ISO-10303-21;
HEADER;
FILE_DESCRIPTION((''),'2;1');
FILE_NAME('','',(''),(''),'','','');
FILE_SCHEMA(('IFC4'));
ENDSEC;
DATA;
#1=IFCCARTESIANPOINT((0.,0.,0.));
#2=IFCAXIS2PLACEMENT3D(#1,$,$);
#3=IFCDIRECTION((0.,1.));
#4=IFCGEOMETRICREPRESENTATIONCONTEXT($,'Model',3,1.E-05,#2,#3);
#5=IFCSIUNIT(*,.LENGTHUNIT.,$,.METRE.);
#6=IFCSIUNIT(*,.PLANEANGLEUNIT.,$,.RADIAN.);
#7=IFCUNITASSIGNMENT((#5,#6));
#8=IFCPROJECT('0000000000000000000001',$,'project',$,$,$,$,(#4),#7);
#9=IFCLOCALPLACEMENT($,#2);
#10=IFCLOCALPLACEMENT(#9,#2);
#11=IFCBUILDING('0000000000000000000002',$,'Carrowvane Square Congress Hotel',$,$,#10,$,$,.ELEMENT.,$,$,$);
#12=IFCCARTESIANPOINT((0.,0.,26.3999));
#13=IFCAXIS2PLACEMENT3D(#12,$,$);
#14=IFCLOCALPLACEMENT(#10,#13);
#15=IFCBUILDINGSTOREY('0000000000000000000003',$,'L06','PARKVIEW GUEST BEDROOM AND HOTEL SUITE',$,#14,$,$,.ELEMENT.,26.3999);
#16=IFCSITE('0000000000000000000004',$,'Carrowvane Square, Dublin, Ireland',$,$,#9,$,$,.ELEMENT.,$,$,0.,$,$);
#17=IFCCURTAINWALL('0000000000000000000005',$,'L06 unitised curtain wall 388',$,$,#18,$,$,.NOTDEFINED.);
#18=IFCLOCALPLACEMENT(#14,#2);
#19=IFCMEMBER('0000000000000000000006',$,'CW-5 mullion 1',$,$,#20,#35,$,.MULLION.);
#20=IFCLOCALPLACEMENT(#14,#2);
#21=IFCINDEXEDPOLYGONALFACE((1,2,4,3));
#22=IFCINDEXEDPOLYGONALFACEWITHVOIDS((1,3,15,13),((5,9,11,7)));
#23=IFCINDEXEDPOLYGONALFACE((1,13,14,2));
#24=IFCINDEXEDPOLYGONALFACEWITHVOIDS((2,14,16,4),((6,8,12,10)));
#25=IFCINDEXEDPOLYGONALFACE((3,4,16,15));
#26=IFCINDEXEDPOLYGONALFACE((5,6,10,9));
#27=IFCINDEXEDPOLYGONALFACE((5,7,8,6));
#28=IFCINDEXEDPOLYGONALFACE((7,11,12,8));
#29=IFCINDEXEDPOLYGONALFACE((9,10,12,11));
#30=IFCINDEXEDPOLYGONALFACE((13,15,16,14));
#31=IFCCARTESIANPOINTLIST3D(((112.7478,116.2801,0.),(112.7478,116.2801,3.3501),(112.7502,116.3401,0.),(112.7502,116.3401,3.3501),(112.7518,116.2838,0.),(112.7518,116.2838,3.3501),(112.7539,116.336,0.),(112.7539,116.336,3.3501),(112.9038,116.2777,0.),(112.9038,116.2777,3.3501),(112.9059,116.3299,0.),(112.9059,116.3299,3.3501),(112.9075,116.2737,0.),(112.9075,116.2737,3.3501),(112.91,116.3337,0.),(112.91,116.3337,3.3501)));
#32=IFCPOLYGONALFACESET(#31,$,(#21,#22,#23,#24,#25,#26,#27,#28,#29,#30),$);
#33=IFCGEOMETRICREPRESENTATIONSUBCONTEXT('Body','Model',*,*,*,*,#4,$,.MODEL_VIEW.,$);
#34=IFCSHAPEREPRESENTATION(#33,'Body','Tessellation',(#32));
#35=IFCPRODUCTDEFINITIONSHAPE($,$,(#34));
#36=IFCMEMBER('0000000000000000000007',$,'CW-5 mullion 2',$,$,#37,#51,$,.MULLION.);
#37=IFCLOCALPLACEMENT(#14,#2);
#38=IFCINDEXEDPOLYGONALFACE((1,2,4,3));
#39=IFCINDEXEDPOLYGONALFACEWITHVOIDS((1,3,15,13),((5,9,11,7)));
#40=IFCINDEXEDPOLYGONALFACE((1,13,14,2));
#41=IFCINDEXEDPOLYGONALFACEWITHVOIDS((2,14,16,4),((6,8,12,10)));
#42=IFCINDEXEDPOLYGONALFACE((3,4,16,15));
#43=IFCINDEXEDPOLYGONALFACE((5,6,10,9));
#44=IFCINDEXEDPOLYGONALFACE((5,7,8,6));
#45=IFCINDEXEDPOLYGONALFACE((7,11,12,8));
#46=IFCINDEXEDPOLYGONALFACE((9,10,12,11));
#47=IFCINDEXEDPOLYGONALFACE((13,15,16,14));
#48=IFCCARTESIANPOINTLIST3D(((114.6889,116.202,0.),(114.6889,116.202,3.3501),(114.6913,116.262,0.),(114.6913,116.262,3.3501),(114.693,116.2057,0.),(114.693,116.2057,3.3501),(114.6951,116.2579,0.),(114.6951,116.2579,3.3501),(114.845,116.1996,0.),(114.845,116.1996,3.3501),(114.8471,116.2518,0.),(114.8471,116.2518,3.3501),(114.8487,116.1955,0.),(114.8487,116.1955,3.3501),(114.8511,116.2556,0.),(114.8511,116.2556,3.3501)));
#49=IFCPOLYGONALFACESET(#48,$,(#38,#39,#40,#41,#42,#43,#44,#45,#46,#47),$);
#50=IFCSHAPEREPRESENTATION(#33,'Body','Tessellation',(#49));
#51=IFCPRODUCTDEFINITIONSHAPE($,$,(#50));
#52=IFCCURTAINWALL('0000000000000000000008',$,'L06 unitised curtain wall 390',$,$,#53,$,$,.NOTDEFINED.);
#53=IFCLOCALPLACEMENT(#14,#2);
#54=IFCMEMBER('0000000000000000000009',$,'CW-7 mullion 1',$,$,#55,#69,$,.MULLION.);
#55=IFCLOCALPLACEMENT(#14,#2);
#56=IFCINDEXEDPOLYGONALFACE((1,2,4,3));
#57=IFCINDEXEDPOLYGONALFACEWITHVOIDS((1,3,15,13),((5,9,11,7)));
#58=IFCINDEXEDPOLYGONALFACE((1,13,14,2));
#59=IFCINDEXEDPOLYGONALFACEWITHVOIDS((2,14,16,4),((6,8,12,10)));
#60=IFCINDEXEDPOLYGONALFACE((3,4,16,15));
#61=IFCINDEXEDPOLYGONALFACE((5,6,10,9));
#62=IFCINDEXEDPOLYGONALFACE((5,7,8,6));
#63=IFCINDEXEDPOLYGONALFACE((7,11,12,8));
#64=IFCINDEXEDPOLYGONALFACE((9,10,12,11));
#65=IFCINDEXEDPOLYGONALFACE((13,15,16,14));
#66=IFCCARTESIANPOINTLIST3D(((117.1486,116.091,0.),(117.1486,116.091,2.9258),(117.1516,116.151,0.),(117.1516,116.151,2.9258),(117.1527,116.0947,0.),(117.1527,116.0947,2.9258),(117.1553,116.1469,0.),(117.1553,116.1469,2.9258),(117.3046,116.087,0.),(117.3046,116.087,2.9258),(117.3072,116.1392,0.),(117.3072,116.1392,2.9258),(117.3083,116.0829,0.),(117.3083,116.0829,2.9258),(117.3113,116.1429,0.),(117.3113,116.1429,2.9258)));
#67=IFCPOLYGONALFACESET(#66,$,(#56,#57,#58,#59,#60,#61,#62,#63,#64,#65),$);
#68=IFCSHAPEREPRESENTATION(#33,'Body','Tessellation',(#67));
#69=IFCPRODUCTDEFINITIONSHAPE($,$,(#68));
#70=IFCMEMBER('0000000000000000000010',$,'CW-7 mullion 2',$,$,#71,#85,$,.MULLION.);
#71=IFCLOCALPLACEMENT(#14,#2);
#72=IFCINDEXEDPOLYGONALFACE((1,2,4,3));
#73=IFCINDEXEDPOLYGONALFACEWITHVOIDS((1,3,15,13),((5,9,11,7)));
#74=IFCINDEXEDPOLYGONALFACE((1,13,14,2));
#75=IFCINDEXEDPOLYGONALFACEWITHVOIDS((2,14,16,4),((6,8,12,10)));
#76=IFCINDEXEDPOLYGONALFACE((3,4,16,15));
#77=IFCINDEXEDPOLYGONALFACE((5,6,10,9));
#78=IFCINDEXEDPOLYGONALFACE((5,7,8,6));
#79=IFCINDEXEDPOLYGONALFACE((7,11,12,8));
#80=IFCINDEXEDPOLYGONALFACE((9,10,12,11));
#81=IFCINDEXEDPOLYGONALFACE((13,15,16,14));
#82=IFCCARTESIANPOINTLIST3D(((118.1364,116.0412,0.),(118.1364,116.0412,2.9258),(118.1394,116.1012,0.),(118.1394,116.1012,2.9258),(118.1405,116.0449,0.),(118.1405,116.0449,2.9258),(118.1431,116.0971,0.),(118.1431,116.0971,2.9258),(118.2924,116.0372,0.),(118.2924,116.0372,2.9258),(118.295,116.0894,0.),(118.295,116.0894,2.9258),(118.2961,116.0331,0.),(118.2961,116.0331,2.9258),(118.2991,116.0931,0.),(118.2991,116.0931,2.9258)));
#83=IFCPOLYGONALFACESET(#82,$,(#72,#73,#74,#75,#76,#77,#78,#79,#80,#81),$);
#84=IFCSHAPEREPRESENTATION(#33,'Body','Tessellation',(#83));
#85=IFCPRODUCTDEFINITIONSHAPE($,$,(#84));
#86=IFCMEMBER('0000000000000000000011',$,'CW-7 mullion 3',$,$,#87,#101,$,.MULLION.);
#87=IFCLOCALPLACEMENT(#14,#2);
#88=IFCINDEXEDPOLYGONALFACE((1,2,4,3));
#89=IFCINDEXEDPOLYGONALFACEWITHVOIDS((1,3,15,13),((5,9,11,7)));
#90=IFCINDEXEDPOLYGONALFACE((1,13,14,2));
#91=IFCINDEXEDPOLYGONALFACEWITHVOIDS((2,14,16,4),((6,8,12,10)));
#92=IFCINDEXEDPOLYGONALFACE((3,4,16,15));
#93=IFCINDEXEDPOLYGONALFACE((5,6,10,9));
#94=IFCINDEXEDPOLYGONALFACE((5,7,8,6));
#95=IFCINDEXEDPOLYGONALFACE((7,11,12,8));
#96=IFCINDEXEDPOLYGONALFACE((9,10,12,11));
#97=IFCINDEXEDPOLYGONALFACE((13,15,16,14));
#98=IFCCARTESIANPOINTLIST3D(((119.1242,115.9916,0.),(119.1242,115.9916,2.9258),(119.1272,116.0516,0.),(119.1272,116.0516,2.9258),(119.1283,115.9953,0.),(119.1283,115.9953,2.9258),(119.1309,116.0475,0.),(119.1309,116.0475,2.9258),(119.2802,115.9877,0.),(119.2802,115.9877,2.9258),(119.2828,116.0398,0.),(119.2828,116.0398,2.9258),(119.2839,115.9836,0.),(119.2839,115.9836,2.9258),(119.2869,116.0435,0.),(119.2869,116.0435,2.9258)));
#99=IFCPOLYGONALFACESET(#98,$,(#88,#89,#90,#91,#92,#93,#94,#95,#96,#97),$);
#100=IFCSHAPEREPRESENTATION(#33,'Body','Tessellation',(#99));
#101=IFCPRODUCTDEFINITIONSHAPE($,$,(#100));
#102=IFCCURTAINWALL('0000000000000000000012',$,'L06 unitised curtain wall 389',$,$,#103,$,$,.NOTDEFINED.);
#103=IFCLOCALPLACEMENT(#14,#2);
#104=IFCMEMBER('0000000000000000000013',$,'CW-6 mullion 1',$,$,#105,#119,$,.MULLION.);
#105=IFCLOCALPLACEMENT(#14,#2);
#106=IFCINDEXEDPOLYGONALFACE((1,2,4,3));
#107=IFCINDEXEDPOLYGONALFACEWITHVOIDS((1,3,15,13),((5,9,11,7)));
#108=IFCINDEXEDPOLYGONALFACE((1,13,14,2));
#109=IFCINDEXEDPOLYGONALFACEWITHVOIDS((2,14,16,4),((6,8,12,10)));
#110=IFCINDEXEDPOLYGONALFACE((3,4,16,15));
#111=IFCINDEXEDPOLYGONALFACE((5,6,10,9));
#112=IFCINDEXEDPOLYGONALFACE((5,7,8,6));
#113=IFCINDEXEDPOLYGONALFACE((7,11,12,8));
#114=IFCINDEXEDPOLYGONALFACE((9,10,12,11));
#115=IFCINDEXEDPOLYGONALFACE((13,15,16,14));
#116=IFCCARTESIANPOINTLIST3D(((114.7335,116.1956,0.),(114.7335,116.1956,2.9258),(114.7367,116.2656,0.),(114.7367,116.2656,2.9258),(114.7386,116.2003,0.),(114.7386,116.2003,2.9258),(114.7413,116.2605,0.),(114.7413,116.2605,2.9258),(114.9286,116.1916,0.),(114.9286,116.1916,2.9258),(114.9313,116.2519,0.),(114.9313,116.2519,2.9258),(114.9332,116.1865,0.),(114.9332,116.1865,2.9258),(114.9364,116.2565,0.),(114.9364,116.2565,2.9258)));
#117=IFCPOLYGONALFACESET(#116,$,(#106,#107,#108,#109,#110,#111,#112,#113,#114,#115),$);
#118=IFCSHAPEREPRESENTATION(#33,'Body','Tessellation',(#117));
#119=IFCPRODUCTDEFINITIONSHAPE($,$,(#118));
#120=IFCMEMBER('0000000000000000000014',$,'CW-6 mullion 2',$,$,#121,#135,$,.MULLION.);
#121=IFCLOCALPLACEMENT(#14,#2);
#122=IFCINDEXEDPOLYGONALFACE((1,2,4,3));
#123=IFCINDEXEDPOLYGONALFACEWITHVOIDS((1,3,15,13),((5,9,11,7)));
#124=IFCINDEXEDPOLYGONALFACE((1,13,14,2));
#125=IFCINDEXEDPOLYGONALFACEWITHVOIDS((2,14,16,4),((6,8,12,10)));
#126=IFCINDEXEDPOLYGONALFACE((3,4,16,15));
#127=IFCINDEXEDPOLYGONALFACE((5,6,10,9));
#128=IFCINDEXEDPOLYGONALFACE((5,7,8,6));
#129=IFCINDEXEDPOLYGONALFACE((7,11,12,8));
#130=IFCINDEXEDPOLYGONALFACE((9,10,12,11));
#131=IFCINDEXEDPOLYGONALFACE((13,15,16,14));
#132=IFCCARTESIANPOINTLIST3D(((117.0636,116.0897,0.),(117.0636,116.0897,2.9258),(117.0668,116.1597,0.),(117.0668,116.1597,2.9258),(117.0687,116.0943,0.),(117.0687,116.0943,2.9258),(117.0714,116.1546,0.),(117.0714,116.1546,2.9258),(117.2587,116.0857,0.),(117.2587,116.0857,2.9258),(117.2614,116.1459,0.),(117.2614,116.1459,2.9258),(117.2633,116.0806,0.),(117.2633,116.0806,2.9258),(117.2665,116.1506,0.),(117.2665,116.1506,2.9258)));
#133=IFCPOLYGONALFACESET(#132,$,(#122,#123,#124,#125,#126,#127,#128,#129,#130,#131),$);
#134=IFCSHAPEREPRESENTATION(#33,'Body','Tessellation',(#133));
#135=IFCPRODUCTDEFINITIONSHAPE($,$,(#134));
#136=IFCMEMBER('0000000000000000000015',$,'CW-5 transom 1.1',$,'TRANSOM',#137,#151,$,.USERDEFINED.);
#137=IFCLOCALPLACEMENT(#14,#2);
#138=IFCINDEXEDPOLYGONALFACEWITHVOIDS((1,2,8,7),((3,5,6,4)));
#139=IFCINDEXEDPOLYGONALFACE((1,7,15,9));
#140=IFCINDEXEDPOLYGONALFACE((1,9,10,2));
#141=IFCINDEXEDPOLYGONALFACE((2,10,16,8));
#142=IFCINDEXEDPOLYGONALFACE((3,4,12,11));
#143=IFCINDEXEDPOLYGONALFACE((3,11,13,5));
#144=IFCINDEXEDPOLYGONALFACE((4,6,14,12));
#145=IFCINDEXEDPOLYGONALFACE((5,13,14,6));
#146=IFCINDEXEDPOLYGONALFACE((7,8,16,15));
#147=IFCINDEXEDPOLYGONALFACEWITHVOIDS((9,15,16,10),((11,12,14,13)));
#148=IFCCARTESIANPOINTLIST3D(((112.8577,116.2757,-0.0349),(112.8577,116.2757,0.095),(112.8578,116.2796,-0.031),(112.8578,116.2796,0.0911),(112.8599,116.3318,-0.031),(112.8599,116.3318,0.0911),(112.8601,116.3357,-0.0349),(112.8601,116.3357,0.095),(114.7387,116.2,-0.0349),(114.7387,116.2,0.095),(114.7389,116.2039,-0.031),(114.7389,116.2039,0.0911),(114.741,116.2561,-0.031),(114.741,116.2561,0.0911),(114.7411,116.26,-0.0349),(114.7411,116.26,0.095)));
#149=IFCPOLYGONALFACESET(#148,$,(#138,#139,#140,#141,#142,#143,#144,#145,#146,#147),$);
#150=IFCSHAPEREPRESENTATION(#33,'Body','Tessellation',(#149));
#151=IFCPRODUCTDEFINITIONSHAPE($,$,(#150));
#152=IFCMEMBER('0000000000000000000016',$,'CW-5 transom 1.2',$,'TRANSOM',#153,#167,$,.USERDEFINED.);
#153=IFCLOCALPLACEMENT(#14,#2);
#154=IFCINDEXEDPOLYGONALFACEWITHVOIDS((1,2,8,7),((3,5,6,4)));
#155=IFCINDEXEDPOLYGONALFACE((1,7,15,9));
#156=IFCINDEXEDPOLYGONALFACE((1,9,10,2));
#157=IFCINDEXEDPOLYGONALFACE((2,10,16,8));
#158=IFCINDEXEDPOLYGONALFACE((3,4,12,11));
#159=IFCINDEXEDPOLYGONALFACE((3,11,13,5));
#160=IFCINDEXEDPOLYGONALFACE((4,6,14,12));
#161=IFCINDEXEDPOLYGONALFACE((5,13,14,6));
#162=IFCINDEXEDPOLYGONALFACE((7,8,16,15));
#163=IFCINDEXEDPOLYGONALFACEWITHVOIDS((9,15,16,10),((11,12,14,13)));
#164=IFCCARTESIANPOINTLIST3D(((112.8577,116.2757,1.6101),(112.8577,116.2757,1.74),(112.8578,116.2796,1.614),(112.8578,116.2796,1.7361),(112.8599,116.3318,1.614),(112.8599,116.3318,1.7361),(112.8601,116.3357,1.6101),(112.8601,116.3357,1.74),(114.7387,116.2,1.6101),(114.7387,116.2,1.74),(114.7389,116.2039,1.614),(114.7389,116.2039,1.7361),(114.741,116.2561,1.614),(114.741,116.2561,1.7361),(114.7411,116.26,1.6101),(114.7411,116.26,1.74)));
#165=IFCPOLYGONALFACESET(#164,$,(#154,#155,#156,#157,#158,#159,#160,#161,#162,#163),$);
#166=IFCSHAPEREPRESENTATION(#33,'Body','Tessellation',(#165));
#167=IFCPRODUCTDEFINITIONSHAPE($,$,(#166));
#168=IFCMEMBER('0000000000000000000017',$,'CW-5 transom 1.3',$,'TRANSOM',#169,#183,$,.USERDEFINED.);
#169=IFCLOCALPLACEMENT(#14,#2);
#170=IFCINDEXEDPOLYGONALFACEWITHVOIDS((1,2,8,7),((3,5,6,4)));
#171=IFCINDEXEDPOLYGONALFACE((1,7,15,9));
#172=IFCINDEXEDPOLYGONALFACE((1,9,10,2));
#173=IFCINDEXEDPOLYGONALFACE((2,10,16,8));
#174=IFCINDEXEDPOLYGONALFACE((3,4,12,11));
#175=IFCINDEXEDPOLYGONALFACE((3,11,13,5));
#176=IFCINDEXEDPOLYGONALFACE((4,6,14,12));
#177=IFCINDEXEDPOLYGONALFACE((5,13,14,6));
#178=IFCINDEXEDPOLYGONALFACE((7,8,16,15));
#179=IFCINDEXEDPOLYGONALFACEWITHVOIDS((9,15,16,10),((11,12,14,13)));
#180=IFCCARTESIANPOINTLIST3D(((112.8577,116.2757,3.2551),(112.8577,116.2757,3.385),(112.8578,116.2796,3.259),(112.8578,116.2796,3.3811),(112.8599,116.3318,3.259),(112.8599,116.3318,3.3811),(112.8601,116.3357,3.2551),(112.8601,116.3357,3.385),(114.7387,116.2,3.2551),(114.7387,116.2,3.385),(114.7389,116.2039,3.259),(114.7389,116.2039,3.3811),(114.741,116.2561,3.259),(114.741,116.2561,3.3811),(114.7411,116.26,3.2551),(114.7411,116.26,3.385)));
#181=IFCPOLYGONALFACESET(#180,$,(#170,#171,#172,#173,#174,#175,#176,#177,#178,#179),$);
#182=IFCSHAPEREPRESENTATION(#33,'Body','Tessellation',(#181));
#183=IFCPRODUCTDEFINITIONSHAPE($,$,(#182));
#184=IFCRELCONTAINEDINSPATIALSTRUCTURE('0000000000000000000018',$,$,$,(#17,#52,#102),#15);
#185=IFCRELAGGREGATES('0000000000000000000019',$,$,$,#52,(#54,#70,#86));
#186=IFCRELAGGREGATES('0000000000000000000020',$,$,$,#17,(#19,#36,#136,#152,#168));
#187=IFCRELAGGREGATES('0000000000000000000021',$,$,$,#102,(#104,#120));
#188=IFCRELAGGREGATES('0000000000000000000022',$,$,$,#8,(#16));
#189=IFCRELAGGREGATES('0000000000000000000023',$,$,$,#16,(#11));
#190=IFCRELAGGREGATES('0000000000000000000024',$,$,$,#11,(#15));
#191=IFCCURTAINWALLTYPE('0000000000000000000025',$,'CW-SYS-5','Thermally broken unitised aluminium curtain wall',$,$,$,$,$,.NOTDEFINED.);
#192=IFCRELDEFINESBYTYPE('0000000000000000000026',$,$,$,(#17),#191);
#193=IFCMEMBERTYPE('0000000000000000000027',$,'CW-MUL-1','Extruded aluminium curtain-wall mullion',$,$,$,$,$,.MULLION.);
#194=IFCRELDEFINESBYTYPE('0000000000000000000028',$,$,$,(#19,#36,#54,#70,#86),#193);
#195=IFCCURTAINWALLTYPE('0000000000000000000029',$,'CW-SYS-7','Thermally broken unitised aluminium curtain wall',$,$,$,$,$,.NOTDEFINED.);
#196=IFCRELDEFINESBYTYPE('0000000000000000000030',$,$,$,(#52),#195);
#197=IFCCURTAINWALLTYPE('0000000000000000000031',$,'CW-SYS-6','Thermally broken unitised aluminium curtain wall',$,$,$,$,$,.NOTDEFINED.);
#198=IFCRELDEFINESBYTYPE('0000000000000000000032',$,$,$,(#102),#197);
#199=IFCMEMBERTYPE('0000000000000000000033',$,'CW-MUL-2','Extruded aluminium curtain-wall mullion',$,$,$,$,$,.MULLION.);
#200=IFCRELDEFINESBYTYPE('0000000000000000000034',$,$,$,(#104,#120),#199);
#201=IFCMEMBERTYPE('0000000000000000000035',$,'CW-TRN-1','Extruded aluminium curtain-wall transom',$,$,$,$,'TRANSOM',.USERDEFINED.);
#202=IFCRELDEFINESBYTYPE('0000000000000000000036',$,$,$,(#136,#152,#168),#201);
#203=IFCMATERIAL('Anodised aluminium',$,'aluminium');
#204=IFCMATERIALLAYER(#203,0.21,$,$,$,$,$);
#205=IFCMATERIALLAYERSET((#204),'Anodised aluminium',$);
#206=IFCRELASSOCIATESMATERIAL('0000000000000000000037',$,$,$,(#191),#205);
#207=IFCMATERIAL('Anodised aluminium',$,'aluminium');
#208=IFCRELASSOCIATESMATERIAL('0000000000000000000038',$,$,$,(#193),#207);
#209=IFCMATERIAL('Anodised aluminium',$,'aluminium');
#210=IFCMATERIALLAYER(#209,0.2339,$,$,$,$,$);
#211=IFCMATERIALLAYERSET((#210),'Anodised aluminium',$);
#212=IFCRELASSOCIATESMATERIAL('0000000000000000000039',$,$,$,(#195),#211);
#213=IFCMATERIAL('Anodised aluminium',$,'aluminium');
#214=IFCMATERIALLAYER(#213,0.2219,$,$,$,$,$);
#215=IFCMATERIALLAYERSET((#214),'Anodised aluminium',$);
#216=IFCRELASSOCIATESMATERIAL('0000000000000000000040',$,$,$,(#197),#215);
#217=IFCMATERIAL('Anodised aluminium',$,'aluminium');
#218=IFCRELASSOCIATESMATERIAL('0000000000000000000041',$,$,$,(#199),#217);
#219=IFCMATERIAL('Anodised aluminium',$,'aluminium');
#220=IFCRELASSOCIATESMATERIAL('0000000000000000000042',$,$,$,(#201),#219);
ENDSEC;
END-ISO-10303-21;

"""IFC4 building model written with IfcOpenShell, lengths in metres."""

from ifc_helpers import new_model, si_unit, direction, frame, origin, origin_2d, place, context, subcontext, project, spatial, hollow_rectangle, extrude, material, layer, layer_set, material_profile, profile_set, type_object, element, aggregate, save


model = new_model("IFC4")

# Units and contexts
model_context = context("Model", 3, precision=1e-05, world=origin(), true_north=direction((0.0, 1.0)))
body_context = subcontext(model_context, "Body", "Model", "MODEL_VIEW")
ifc_project = project(units=[si_unit("LENGTHUNIT", "METRE"), si_unit("PLANEANGLEUNIT", "RADIAN")], contexts=[model_context])

# Site, building, storey
site_placement = place(None, origin())
site = spatial("IfcSite", under=ifc_project, at=site_placement, Name="Carrowvane Square, Dublin, Ireland", CompositionType="ELEMENT", RefElevation=0.0)
building_placement = place(site_placement, origin())
building = spatial("IfcBuilding", under=site, at=building_placement, Name="Carrowvane Square Congress Hotel", CompositionType="ELEMENT")
storey_placement = place(building_placement, frame((0.0, 0.0, 26.3999)))
storey = spatial("IfcBuildingStorey", under=building, at=storey_placement, Name="L06", Description="PARKVIEW GUEST BEDROOM AND HOTEL SUITE", CompositionType="ELEMENT", Elevation=26.3999)

# Curtain walls, members
ifc_material_1 = material(Name="Anodised aluminium", Category="aluminium")
ifc_layer_1 = layer(ifc_material_1, 0.21)
ifc_layer_set_1 = layer_set([ifc_layer_1], Name="Anodised aluminium")
curtain_wall_type_1 = type_object("IfcCurtainWallType", Name="CW-SYS-5", Description="Thermally broken unitised aluminium curtain wall", PredefinedType="NOTDEFINED", material=ifc_layer_set_1)
curtain_wall_1_placement = place(storey_placement, origin())
curtain_wall_1 = element("IfcCurtainWall", 1, at=curtain_wall_1_placement, inside=storey, type_object=curtain_wall_type_1, Name="L06 unitised curtain wall 388", PredefinedType="NOTDEFINED")
ifc_material_2 = material(Name="Anodised aluminium", Category="aluminium")
ifc_material_profile_1 = material_profile(ifc_material_2, hollow_rectangle(XDim=0.0601, YDim=0.1599, WallThickness=0.0039, at=origin_2d()), Name="CW-ML 60x160x4")
ifc_profile_set_1 = profile_set([ifc_material_profile_1], Name="Anodised aluminium")
member_type_1 = type_object("IfcMemberType", Name="CW-MUL-1", Description="Extruded aluminium curtain-wall mullion", PredefinedType="MULLION", material=ifc_profile_set_1)
member_1_placement = place(storey_placement, frame((112.8289, 116.3069, 0.0), z_axis=(0.0, 0.0, 1.0), x_axis=(0.040131, 0.999194, 0.0)))
member_1 = element("IfcMember", 2, at=member_1_placement, type_object=member_type_1, Name="CW-5 mullion 1", PredefinedType="MULLION", context=body_context, shape_type="SweptSolid", body=[
    extrude(hollow_rectangle(XDim=0.0601, YDim=0.1599, WallThickness=0.0039, at=origin_2d()), origin(), (0.0, 0.0, 1.0), 3.3501),
])
member_2_placement = place(storey_placement, frame((114.77, 116.2288, 0.0), z_axis=(0.0, 0.0, 1.0), x_axis=(0.040131, 0.999194, 0.0)))
member_2 = element("IfcMember", 3, at=member_2_placement, type_object=member_type_1, Name="CW-5 mullion 2", PredefinedType="MULLION", context=body_context, shape_type="SweptSolid", body=[
    extrude(hollow_rectangle(XDim=0.0601, YDim=0.1599, WallThickness=0.0039, at=origin_2d()), origin(), (0.0, 0.0, 1.0), 3.3501),
])
ifc_material_3 = material(Name="Anodised aluminium", Category="aluminium")
ifc_layer_2 = layer(ifc_material_3, 0.2339)
ifc_layer_set_2 = layer_set([ifc_layer_2], Name="Anodised aluminium")
curtain_wall_type_2 = type_object("IfcCurtainWallType", Name="CW-SYS-7", Description="Thermally broken unitised aluminium curtain wall", PredefinedType="NOTDEFINED", material=ifc_layer_set_2)
curtain_wall_2_placement = place(storey_placement, origin())
curtain_wall_2 = element("IfcCurtainWall", 4, at=curtain_wall_2_placement, inside=storey, type_object=curtain_wall_type_2, Name="L06 unitised curtain wall 390", PredefinedType="NOTDEFINED")
member_3_placement = place(storey_placement, frame((117.23, 116.1169, 0.0), z_axis=(0.0, 0.0, 1.0), x_axis=(0.050324, 0.998733, 0.0)))
member_3 = element("IfcMember", 5, at=member_3_placement, type_object=member_type_1, Name="CW-7 mullion 1", PredefinedType="MULLION", context=body_context, shape_type="SweptSolid", body=[
    extrude(hollow_rectangle(XDim=0.0601, YDim=0.1599, WallThickness=0.0039, at=origin_2d()), origin(), (0.0, 0.0, 1.0), 2.9258),
])
member_4_placement = place(storey_placement, frame((118.2178, 116.0671, 0.0), z_axis=(0.0, 0.0, 1.0), x_axis=(0.050324, 0.998733, 0.0)))
member_4 = element("IfcMember", 6, at=member_4_placement, type_object=member_type_1, Name="CW-7 mullion 2", PredefinedType="MULLION", context=body_context, shape_type="SweptSolid", body=[
    extrude(hollow_rectangle(XDim=0.0601, YDim=0.1599, WallThickness=0.0039, at=origin_2d()), origin(), (0.0, 0.0, 1.0), 2.9258),
])
member_5_placement = place(storey_placement, frame((119.2056, 116.0176, 0.0), z_axis=(0.0, 0.0, 1.0), x_axis=(0.050324, 0.998733, 0.0)))
member_5 = element("IfcMember", 7, at=member_5_placement, type_object=member_type_1, Name="CW-7 mullion 3", PredefinedType="MULLION", context=body_context, shape_type="SweptSolid", body=[
    extrude(hollow_rectangle(XDim=0.0601, YDim=0.1599, WallThickness=0.0039, at=origin_2d()), origin(), (0.0, 0.0, 1.0), 2.9258),
])
ifc_material_4 = material(Name="Anodised aluminium", Category="aluminium")
ifc_layer_3 = layer(ifc_material_4, 0.2219)
ifc_layer_set_3 = layer_set([ifc_layer_3], Name="Anodised aluminium")
curtain_wall_type_3 = type_object("IfcCurtainWallType", Name="CW-SYS-6", Description="Thermally broken unitised aluminium curtain wall", PredefinedType="NOTDEFINED", material=ifc_layer_set_3)
curtain_wall_3_placement = place(storey_placement, origin())
curtain_wall_3 = element("IfcCurtainWall", 8, at=curtain_wall_3_placement, inside=storey, type_object=curtain_wall_type_3, Name="L06 unitised curtain wall 389", PredefinedType="NOTDEFINED")
ifc_material_5 = material(Name="Anodised aluminium", Category="aluminium")
ifc_material_profile_2 = material_profile(ifc_material_5, hollow_rectangle(XDim=0.0701, YDim=0.2, WallThickness=0.0049, at=origin_2d()), Name="CW-ML 70x200x5")
ifc_profile_set_2 = profile_set([ifc_material_profile_2], Name="Anodised aluminium")
member_type_2 = type_object("IfcMemberType", Name="CW-MUL-2", Description="Extruded aluminium curtain-wall mullion", PredefinedType="MULLION", material=ifc_profile_set_2)
member_6_placement = place(storey_placement, frame((114.835, 116.2261, 0.0), z_axis=(0.0, 0.0, 1.0), x_axis=(0.045411, 0.998968, 0.0)))
member_6 = element("IfcMember", 9, at=member_6_placement, type_object=member_type_2, Name="CW-6 mullion 1", PredefinedType="MULLION", context=body_context, shape_type="SweptSolid", body=[
    extrude(hollow_rectangle(XDim=0.0701, YDim=0.2, WallThickness=0.0049, at=origin_2d()), origin(), (0.0, 0.0, 1.0), 2.9258),
])
member_7_placement = place(storey_placement, frame((117.165, 116.1201, 0.0), z_axis=(0.0, 0.0, 1.0), x_axis=(0.045411, 0.998968, 0.0)))
member_7 = element("IfcMember", 10, at=member_7_placement, type_object=member_type_2, Name="CW-6 mullion 2", PredefinedType="MULLION", context=body_context, shape_type="SweptSolid", body=[
    extrude(hollow_rectangle(XDim=0.0701, YDim=0.2, WallThickness=0.0049, at=origin_2d()), origin(), (0.0, 0.0, 1.0), 2.9258),
])

# Members
ifc_material_6 = material(Name="Anodised aluminium", Category="aluminium")
ifc_material_profile_3 = material_profile(ifc_material_6, hollow_rectangle(XDim=0.0601, YDim=0.1299, WallThickness=0.0039, at=origin_2d()), Name="CW-TR 60x130x4")
ifc_profile_set_3 = profile_set([ifc_material_profile_3], Name="Anodised aluminium")
member_type_3 = type_object("IfcMemberType", Name="CW-TRN-1", Description="Extruded aluminium curtain-wall transom", ElementType="TRANSOM", PredefinedType="USERDEFINED", material=ifc_profile_set_3)
member_8_placement = place(storey_placement, frame((112.8589, 116.3057, 0.03), z_axis=(0.999192, -0.040201, 0.0), x_axis=(0.040201, 0.999192, 0.0)))
member_8 = element("IfcMember", 11, at=member_8_placement, type_object=member_type_3, Name="CW-5 transom 1.1", ObjectType="TRANSOM", PredefinedType="USERDEFINED", context=body_context, shape_type="SweptSolid", body=[
    extrude(hollow_rectangle(XDim=0.0601, YDim=0.1299, WallThickness=0.0039, at=origin_2d()), origin(), (0.0, 0.0, 1.0), 1.8826),
])
member_9_placement = place(storey_placement, frame((112.8589, 116.3057, 1.675), z_axis=(0.999192, -0.040201, 0.0), x_axis=(0.040201, 0.999192, 0.0)))
member_9 = element("IfcMember", 12, at=member_9_placement, type_object=member_type_3, Name="CW-5 transom 1.2", ObjectType="TRANSOM", PredefinedType="USERDEFINED", context=body_context, shape_type="SweptSolid", body=[
    extrude(hollow_rectangle(XDim=0.0601, YDim=0.1299, WallThickness=0.0039, at=origin_2d()), origin(), (0.0, 0.0, 1.0), 1.8826),
])
member_10_placement = place(storey_placement, frame((112.8589, 116.3057, 3.3201), z_axis=(0.999192, -0.040201, 0.0), x_axis=(0.040201, 0.999192, 0.0)))
member_10 = element("IfcMember", 13, at=member_10_placement, type_object=member_type_3, Name="CW-5 transom 1.3", ObjectType="TRANSOM", PredefinedType="USERDEFINED", context=body_context, shape_type="SweptSolid", body=[
    extrude(hollow_rectangle(XDim=0.0601, YDim=0.1299, WallThickness=0.0039, at=origin_2d()), origin(), (0.0, 0.0, 1.0), 1.8826),
])

aggregate(curtain_wall_2, [member_3, member_4, member_5])
aggregate(curtain_wall_1, [member_1, member_2, member_8, member_9, member_10])
aggregate(curtain_wall_3, [member_6, member_7])

save(model, "model.ifc")
